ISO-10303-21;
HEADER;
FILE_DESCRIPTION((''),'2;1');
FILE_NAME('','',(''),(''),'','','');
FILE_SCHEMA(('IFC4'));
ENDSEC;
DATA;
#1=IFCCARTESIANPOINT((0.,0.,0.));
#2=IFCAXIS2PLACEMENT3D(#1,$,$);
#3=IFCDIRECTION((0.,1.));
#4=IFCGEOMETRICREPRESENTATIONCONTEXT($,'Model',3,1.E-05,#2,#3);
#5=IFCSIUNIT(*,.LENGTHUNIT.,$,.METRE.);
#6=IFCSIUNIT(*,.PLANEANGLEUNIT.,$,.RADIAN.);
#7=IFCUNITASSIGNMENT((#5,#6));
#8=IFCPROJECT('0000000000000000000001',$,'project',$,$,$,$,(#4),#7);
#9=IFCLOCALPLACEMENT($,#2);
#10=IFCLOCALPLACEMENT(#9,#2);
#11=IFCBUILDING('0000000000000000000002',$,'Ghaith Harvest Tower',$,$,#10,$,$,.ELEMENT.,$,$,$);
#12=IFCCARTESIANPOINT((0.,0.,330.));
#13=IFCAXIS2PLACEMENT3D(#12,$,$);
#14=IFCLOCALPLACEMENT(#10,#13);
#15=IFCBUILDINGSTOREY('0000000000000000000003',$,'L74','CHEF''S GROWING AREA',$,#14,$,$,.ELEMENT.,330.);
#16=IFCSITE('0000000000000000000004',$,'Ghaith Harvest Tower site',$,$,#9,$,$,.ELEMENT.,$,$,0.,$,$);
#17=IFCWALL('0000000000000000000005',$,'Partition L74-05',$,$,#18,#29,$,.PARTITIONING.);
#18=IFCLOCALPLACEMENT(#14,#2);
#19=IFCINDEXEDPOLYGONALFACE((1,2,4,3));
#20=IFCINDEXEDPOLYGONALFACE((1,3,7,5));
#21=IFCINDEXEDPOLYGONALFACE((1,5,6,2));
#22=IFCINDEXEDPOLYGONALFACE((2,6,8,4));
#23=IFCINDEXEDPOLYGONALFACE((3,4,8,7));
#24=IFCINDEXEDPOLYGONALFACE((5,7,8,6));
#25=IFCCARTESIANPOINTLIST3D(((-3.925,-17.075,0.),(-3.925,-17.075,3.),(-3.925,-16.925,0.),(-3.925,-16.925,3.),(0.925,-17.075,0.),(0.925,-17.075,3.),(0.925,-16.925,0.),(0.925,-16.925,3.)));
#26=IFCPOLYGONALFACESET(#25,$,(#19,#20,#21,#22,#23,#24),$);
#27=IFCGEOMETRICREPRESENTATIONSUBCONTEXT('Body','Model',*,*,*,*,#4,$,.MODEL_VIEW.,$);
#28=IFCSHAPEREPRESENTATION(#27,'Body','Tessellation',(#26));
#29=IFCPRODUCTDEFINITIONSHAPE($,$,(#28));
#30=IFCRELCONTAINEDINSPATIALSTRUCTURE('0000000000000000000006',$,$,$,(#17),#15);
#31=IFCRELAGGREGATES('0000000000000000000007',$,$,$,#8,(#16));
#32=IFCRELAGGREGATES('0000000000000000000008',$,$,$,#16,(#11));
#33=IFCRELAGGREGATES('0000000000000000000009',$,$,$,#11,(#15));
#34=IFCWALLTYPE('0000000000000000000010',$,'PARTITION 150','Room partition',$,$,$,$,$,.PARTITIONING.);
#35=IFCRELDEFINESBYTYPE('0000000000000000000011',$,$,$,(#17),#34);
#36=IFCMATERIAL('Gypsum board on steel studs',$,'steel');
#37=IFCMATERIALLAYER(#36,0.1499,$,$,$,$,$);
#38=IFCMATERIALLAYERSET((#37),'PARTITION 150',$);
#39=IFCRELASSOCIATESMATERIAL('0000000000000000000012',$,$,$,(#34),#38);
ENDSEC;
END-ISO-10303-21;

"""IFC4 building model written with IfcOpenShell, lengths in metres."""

from ifc_helpers import new_model, si_unit, direction, frame, frame_2d, origin, place, context, subcontext, project, spatial, rectangle, extrude, material, layer, layer_set, type_object, element, save


model = new_model("IFC4")

# Units and contexts
model_context = context("Model", 3, precision=1e-05, world=origin(), true_north=direction((0.0, 1.0)))
body_context = subcontext(model_context, "Body", "Model", "MODEL_VIEW")
ifc_project = project(units=[si_unit("LENGTHUNIT", "METRE"), si_unit("PLANEANGLEUNIT", "RADIAN")], contexts=[model_context])

# Site, building, storey
site_placement = place(None, origin())
site = spatial("IfcSite", under=ifc_project, at=site_placement, Name="Ghaith Harvest Tower site", CompositionType="ELEMENT", RefElevation=0.0)
building_placement = place(site_placement, origin())
building = spatial("IfcBuilding", under=site, at=building_placement, Name="Ghaith Harvest Tower", CompositionType="ELEMENT")
storey_placement = place(building_placement, frame((0.0, 0.0, 330.0)))
storey = spatial("IfcBuildingStorey", under=building, at=storey_placement, Name="L74", Description="CHEF'S GROWING AREA", CompositionType="ELEMENT", Elevation=330.0)

# Shared definitions
ifc_material_1 = material(Name="Gypsum board on steel studs", Category="steel")
ifc_layer_1 = layer(ifc_material_1, 0.1499)
ifc_layer_set_1 = layer_set([ifc_layer_1], Name="PARTITION 150")
wall_type = type_object("IfcWallType", Name="PARTITION 150", Description="Room partition", PredefinedType="PARTITIONING", material=ifc_layer_set_1)

# Wall
wall_1_placement = place(storey_placement, frame((-3.925, -17.0, 0.0), z_axis=(0.0, 0.0, 1.0), x_axis=(1.0, 0.0, 0.0)))
element("IfcWall", 1, at=wall_1_placement, inside=storey, type_object=wall_type, Name="Partition L74-05", PredefinedType="PARTITIONING", context=body_context, shape_type="SweptSolid", body=[
    extrude(rectangle(XDim=4.8501, YDim=0.1499, at=frame_2d((2.425, 0.0))), origin(), (0.0, 0.0, 1.0), 3.0),
])

save(model, "model.ifc")
